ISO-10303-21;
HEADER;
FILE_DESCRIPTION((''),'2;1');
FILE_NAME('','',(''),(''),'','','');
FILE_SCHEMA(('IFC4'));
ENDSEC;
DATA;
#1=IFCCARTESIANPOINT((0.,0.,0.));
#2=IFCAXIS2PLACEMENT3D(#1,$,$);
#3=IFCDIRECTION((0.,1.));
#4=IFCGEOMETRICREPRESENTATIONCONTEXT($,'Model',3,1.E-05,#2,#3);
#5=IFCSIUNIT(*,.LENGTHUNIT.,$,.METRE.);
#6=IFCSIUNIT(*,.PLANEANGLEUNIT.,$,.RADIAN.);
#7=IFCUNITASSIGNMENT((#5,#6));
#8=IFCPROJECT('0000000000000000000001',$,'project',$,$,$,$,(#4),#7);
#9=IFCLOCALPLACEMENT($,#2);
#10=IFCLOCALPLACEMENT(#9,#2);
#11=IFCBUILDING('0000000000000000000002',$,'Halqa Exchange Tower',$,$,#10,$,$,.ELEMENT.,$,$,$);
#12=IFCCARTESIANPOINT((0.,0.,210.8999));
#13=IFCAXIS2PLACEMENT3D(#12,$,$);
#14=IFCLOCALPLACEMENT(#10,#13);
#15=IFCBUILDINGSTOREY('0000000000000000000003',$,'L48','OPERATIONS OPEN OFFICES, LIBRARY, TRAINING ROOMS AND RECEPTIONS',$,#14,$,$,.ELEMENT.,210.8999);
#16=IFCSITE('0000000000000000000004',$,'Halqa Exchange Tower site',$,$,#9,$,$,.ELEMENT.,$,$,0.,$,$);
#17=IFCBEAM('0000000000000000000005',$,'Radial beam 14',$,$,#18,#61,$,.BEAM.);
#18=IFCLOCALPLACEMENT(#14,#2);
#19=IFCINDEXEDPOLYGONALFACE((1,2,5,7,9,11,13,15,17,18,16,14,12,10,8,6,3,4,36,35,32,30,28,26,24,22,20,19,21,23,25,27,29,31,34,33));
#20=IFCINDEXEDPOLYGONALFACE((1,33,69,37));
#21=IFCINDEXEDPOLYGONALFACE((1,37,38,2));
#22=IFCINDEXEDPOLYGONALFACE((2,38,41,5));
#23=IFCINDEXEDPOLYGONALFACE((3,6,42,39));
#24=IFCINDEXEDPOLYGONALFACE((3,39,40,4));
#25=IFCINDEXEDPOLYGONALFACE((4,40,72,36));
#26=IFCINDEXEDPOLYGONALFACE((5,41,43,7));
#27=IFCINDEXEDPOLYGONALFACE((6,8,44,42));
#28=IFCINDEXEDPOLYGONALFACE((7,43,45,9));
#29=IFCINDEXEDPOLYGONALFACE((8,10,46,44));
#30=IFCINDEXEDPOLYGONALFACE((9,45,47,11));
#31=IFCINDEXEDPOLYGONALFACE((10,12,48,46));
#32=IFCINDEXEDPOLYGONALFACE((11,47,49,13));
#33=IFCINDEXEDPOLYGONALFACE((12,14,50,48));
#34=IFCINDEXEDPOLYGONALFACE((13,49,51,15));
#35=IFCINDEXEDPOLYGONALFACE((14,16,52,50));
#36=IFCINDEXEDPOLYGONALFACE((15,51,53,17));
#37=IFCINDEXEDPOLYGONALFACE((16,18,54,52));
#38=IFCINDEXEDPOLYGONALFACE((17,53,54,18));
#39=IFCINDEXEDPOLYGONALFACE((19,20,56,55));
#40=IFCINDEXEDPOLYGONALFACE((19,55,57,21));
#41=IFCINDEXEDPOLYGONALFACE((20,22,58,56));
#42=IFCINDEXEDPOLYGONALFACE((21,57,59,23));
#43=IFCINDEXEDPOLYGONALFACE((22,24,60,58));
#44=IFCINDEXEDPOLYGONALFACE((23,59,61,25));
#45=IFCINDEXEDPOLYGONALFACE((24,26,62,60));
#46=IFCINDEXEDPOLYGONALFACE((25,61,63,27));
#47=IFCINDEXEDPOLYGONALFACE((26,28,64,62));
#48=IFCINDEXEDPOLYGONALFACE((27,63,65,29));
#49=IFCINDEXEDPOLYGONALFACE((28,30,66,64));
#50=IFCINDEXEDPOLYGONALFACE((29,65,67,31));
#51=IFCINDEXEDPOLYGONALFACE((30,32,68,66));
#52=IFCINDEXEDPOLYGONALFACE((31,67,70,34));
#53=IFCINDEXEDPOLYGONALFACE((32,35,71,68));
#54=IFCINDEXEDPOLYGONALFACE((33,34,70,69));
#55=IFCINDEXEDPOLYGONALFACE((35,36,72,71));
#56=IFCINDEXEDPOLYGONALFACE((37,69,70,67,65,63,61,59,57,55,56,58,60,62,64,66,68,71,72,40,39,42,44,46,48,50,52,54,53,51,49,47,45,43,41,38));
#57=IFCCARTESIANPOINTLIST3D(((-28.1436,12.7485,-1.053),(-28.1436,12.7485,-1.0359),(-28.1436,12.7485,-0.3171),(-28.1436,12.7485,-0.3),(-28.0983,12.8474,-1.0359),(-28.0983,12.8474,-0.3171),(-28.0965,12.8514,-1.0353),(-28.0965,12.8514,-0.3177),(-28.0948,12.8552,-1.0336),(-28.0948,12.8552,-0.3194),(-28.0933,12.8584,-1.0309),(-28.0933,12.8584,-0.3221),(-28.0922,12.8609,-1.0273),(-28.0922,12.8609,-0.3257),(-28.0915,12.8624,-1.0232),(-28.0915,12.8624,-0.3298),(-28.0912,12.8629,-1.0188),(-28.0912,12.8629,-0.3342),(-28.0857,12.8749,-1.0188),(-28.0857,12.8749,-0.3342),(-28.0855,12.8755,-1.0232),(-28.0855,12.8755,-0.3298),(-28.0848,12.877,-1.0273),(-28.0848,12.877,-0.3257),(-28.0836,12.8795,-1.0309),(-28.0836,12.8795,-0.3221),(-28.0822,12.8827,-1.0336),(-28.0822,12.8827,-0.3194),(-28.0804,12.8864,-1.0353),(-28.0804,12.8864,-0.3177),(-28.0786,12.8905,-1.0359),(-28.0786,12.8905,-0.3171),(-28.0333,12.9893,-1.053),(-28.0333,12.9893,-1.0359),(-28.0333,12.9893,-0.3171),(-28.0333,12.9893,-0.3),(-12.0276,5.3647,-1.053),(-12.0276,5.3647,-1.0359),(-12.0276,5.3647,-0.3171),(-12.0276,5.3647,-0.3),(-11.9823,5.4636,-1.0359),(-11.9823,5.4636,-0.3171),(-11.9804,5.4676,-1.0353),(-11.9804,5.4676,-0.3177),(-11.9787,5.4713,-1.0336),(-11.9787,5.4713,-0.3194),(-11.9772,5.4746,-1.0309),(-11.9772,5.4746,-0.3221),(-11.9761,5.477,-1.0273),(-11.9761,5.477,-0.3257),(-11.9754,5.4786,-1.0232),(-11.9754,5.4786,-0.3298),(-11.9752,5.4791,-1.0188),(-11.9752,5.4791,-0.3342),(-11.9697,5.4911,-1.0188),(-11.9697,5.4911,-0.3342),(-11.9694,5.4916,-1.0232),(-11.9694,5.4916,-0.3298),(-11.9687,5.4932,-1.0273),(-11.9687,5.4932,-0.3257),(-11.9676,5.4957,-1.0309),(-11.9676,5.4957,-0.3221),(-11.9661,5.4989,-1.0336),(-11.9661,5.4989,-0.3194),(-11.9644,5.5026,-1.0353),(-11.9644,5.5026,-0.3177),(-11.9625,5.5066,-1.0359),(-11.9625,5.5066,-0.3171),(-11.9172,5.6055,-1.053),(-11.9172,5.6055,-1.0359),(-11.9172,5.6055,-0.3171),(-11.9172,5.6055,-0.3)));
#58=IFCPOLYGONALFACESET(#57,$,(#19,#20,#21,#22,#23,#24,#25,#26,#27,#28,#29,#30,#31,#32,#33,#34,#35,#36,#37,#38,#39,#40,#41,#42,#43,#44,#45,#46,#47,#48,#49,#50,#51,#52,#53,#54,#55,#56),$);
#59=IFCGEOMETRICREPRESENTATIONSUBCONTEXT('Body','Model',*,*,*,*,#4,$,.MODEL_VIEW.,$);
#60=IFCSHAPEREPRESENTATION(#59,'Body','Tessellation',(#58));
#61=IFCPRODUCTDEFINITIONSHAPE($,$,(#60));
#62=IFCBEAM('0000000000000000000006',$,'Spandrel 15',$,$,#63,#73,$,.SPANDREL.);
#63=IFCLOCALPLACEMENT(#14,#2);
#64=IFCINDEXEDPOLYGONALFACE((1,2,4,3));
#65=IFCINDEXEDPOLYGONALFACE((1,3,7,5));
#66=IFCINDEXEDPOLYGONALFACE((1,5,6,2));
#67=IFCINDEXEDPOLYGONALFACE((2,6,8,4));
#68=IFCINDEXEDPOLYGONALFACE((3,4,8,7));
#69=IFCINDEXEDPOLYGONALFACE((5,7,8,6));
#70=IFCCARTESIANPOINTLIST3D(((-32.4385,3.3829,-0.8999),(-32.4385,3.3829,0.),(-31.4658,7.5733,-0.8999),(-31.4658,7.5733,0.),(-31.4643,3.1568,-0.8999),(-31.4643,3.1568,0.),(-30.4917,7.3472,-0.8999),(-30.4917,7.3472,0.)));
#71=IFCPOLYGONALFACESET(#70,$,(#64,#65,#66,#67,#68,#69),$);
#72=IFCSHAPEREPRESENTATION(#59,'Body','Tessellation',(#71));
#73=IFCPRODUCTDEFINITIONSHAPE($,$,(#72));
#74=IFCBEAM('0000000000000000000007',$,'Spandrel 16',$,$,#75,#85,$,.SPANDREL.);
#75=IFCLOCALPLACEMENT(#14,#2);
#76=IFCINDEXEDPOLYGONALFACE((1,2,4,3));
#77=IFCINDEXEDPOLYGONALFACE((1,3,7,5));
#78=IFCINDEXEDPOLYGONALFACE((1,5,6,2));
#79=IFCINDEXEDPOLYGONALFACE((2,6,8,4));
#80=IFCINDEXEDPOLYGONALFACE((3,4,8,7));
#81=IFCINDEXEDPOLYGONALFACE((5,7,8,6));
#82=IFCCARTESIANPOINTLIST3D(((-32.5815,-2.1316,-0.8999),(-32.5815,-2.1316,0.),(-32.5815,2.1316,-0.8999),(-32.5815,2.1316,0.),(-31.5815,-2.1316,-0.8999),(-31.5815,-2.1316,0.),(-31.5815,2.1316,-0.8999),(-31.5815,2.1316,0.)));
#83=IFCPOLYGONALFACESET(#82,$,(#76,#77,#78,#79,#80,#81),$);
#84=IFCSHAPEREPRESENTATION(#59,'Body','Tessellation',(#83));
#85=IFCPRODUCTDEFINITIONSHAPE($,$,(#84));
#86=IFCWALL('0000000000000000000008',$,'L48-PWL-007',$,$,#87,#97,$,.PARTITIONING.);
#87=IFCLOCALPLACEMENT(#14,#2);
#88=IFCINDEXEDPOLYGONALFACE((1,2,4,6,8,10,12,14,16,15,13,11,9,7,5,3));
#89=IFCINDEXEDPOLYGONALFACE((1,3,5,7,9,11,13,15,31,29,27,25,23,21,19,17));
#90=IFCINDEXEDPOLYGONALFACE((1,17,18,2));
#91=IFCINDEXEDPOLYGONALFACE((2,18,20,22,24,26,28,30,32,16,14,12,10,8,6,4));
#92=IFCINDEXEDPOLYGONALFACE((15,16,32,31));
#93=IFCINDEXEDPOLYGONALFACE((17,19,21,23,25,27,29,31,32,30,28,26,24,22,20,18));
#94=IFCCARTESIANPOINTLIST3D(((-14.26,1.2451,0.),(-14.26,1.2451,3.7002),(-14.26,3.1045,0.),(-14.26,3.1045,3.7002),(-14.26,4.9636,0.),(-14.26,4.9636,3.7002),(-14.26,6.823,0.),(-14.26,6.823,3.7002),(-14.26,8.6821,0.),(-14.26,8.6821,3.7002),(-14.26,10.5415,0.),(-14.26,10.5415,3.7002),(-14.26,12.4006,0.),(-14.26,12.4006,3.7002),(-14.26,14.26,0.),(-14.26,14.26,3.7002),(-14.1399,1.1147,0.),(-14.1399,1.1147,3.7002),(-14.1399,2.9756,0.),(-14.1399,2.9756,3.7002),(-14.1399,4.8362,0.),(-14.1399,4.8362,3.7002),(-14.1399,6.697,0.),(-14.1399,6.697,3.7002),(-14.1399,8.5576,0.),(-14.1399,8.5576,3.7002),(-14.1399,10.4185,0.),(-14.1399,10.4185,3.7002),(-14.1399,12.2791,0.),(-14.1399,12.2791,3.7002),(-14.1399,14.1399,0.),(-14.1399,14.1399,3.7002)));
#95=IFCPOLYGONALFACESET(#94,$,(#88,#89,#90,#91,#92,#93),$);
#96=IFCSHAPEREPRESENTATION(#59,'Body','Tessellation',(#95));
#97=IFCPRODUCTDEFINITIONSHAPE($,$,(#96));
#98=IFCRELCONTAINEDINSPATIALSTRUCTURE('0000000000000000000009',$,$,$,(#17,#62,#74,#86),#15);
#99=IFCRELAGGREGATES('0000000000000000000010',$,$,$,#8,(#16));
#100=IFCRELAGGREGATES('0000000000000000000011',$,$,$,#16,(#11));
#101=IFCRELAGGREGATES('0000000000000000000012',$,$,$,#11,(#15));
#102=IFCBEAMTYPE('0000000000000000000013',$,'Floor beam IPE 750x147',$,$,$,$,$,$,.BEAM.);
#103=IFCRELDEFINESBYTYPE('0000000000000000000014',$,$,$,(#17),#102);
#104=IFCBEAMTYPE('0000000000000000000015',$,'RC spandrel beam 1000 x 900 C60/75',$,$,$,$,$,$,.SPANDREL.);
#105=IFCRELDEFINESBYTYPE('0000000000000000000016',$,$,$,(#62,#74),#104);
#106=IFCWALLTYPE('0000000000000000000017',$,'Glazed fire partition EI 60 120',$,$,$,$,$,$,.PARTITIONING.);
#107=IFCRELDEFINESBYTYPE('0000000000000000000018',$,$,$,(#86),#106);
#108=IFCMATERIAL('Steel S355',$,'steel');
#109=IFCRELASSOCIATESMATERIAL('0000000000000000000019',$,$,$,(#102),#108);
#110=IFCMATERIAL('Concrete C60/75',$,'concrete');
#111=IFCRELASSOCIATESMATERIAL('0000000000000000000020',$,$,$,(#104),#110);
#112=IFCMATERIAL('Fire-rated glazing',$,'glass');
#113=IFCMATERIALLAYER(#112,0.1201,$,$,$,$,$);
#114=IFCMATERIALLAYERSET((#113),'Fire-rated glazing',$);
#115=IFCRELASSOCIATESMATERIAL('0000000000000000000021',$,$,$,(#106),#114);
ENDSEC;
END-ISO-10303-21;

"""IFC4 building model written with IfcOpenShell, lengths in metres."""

from ifc_helpers import new_model, si_unit, direction, frame, origin, origin_2d, place, context, subcontext, project, spatial, polyline, rectangle, i_section, outline, extrude, material, layer, layer_set, material_profile, profile_set, type_object, element, save


model = new_model("IFC4")

# Units and contexts
model_context = context("Model", 3, precision=1e-05, world=origin(), true_north=direction((0.0, 1.0)))
body_context = subcontext(model_context, "Body", "Model", "MODEL_VIEW")
ifc_project = project(units=[si_unit("LENGTHUNIT", "METRE"), si_unit("PLANEANGLEUNIT", "RADIAN")], contexts=[model_context])

# Site, building, storey
site_placement = place(None, origin())
site = spatial("IfcSite", under=ifc_project, at=site_placement, Name="Halqa Exchange Tower site", CompositionType="ELEMENT", RefElevation=0.0)
building_placement = place(site_placement, origin())
building = spatial("IfcBuilding", under=site, at=building_placement, Name="Halqa Exchange Tower", CompositionType="ELEMENT")
storey_placement = place(building_placement, frame((0.0, 0.0, 210.8999)))
storey = spatial("IfcBuildingStorey", under=building, at=storey_placement, Name="L48", Description="OPERATIONS OPEN OFFICES, LIBRARY, TRAINING ROOMS AND RECEPTIONS", CompositionType="ELEMENT", Elevation=210.8999)

# Shared definitions
ifc_material_1 = material(Name="Concrete C60/75", Category="concrete")

# Beams
ifc_material_2 = material(Name="Steel S355", Category="steel")
ifc_material_profile_1 = material_profile(ifc_material_2, i_section(OverallWidth=0.2649, OverallDepth=0.7529, WebThickness=0.0132, FlangeThickness=0.0171, FilletRadius=0.0171, at=origin_2d()), Name="IPE 750x147")
ifc_profile_set_1 = profile_set([ifc_material_profile_1], Name="Steel S355")
beam_type_1 = type_object("IfcBeamType", Name="Floor beam IPE 750x147", PredefinedType="BEAM", material=ifc_profile_set_1)
beam_1_placement = place(storey_placement, frame((-11.9724, 5.4851, -0.6765), z_axis=(-0.909122, 0.416529, 0.0), x_axis=(-0.416529, -0.909122, 0.0)))
element("IfcBeam", 1, at=beam_1_placement, inside=storey, type_object=beam_type_1, Name="Radial beam 14", PredefinedType="BEAM", context=body_context, shape_type="SweptSolid", body=[
    extrude(i_section(OverallWidth=0.2649, OverallDepth=0.7529, WebThickness=0.0132, FlangeThickness=0.0171, FilletRadius=0.0171, at=origin_2d()), origin(), (0.0, 0.0, 1.0), 17.7271),
])
ifc_material_profile_2 = material_profile(ifc_material_1, rectangle(XDim=1.0, YDim=0.8999, at=origin_2d()), Name="1000 x 900")
ifc_profile_set_2 = profile_set([ifc_material_profile_2], Name="Concrete C60/75")
beam_type_2 = type_object("IfcBeamType", Name="RC spandrel beam 1000 x 900 C60/75", PredefinedType="SPANDREL", material=ifc_profile_set_2)
beam_2_placement = place(storey_placement, frame((-30.9788, 7.4602, -0.45), z_axis=(-0.226103, -0.974103, 0.0), x_axis=(0.974103, -0.226103, 0.0)))
element("IfcBeam", 2, at=beam_2_placement, inside=storey, type_object=beam_type_2, Name="Spandrel 15", PredefinedType="SPANDREL", context=body_context, shape_type="SweptSolid", body=[
    extrude(rectangle(XDim=1.0, YDim=0.8999, at=origin_2d()), origin(), (0.0, 0.0, 1.0), 4.3018),
])
beam_3_placement = place(storey_placement, frame((-32.0815, 2.1316, -0.45), z_axis=(0.0, -1.0, 0.0), x_axis=(1.0, 0.0, 0.0)))
element("IfcBeam", 3, at=beam_3_placement, inside=storey, type_object=beam_type_2, Name="Spandrel 16", PredefinedType="SPANDREL", context=body_context, shape_type="SweptSolid", body=[
    extrude(rectangle(XDim=1.0, YDim=0.8999, at=origin_2d()), origin(), (0.0, 0.0, 1.0), 4.2632),
])

# Shared definitions
ifc_material_3 = material(Name="Fire-rated glazing", Category="glass")
ifc_layer_1 = layer(ifc_material_3, 0.1201)
ifc_layer_set_1 = layer_set([ifc_layer_1], Name="Fire-rated glazing")
wall_type_1 = type_object("IfcWallType", Name="Glazed fire partition EI 60 120", PredefinedType="PARTITIONING", material=ifc_layer_set_1)

# Wall
wall_1_placement = place(storey_placement, frame((-14.2, 1.1147, 0.0), z_axis=(0.0, 0.0, 1.0), x_axis=(0.0, 1.0, 0.0)))
element("IfcWall", 4, at=wall_1_placement, inside=storey, type_object=wall_type_1, Name="L48-PWL-007", PredefinedType="PARTITIONING", context=body_context, shape_type="SweptSolid", body=[
    extrude(outline(polyline([(0.0, -0.0601), (1.8608, -0.0601), (3.7214, -0.0601), (5.5823, -0.0601), (7.4429, -0.0601), (9.3037, -0.0601), (11.1643, -0.0601), (13.0251, -0.0601), (13.1453, 0.0601), (11.2859, 0.0601), (9.4268, 0.0601), (7.5674, 0.0601), (5.7083, 0.0601), (3.8489, 0.0601), (1.9897, 0.0601), (0.1304, 0.0601), (0.0, -0.0601), (0.0, -0.0601)])), origin(), (0.0, 0.0, 1.0), 3.7002),
])

save(model, "model.ifc")
